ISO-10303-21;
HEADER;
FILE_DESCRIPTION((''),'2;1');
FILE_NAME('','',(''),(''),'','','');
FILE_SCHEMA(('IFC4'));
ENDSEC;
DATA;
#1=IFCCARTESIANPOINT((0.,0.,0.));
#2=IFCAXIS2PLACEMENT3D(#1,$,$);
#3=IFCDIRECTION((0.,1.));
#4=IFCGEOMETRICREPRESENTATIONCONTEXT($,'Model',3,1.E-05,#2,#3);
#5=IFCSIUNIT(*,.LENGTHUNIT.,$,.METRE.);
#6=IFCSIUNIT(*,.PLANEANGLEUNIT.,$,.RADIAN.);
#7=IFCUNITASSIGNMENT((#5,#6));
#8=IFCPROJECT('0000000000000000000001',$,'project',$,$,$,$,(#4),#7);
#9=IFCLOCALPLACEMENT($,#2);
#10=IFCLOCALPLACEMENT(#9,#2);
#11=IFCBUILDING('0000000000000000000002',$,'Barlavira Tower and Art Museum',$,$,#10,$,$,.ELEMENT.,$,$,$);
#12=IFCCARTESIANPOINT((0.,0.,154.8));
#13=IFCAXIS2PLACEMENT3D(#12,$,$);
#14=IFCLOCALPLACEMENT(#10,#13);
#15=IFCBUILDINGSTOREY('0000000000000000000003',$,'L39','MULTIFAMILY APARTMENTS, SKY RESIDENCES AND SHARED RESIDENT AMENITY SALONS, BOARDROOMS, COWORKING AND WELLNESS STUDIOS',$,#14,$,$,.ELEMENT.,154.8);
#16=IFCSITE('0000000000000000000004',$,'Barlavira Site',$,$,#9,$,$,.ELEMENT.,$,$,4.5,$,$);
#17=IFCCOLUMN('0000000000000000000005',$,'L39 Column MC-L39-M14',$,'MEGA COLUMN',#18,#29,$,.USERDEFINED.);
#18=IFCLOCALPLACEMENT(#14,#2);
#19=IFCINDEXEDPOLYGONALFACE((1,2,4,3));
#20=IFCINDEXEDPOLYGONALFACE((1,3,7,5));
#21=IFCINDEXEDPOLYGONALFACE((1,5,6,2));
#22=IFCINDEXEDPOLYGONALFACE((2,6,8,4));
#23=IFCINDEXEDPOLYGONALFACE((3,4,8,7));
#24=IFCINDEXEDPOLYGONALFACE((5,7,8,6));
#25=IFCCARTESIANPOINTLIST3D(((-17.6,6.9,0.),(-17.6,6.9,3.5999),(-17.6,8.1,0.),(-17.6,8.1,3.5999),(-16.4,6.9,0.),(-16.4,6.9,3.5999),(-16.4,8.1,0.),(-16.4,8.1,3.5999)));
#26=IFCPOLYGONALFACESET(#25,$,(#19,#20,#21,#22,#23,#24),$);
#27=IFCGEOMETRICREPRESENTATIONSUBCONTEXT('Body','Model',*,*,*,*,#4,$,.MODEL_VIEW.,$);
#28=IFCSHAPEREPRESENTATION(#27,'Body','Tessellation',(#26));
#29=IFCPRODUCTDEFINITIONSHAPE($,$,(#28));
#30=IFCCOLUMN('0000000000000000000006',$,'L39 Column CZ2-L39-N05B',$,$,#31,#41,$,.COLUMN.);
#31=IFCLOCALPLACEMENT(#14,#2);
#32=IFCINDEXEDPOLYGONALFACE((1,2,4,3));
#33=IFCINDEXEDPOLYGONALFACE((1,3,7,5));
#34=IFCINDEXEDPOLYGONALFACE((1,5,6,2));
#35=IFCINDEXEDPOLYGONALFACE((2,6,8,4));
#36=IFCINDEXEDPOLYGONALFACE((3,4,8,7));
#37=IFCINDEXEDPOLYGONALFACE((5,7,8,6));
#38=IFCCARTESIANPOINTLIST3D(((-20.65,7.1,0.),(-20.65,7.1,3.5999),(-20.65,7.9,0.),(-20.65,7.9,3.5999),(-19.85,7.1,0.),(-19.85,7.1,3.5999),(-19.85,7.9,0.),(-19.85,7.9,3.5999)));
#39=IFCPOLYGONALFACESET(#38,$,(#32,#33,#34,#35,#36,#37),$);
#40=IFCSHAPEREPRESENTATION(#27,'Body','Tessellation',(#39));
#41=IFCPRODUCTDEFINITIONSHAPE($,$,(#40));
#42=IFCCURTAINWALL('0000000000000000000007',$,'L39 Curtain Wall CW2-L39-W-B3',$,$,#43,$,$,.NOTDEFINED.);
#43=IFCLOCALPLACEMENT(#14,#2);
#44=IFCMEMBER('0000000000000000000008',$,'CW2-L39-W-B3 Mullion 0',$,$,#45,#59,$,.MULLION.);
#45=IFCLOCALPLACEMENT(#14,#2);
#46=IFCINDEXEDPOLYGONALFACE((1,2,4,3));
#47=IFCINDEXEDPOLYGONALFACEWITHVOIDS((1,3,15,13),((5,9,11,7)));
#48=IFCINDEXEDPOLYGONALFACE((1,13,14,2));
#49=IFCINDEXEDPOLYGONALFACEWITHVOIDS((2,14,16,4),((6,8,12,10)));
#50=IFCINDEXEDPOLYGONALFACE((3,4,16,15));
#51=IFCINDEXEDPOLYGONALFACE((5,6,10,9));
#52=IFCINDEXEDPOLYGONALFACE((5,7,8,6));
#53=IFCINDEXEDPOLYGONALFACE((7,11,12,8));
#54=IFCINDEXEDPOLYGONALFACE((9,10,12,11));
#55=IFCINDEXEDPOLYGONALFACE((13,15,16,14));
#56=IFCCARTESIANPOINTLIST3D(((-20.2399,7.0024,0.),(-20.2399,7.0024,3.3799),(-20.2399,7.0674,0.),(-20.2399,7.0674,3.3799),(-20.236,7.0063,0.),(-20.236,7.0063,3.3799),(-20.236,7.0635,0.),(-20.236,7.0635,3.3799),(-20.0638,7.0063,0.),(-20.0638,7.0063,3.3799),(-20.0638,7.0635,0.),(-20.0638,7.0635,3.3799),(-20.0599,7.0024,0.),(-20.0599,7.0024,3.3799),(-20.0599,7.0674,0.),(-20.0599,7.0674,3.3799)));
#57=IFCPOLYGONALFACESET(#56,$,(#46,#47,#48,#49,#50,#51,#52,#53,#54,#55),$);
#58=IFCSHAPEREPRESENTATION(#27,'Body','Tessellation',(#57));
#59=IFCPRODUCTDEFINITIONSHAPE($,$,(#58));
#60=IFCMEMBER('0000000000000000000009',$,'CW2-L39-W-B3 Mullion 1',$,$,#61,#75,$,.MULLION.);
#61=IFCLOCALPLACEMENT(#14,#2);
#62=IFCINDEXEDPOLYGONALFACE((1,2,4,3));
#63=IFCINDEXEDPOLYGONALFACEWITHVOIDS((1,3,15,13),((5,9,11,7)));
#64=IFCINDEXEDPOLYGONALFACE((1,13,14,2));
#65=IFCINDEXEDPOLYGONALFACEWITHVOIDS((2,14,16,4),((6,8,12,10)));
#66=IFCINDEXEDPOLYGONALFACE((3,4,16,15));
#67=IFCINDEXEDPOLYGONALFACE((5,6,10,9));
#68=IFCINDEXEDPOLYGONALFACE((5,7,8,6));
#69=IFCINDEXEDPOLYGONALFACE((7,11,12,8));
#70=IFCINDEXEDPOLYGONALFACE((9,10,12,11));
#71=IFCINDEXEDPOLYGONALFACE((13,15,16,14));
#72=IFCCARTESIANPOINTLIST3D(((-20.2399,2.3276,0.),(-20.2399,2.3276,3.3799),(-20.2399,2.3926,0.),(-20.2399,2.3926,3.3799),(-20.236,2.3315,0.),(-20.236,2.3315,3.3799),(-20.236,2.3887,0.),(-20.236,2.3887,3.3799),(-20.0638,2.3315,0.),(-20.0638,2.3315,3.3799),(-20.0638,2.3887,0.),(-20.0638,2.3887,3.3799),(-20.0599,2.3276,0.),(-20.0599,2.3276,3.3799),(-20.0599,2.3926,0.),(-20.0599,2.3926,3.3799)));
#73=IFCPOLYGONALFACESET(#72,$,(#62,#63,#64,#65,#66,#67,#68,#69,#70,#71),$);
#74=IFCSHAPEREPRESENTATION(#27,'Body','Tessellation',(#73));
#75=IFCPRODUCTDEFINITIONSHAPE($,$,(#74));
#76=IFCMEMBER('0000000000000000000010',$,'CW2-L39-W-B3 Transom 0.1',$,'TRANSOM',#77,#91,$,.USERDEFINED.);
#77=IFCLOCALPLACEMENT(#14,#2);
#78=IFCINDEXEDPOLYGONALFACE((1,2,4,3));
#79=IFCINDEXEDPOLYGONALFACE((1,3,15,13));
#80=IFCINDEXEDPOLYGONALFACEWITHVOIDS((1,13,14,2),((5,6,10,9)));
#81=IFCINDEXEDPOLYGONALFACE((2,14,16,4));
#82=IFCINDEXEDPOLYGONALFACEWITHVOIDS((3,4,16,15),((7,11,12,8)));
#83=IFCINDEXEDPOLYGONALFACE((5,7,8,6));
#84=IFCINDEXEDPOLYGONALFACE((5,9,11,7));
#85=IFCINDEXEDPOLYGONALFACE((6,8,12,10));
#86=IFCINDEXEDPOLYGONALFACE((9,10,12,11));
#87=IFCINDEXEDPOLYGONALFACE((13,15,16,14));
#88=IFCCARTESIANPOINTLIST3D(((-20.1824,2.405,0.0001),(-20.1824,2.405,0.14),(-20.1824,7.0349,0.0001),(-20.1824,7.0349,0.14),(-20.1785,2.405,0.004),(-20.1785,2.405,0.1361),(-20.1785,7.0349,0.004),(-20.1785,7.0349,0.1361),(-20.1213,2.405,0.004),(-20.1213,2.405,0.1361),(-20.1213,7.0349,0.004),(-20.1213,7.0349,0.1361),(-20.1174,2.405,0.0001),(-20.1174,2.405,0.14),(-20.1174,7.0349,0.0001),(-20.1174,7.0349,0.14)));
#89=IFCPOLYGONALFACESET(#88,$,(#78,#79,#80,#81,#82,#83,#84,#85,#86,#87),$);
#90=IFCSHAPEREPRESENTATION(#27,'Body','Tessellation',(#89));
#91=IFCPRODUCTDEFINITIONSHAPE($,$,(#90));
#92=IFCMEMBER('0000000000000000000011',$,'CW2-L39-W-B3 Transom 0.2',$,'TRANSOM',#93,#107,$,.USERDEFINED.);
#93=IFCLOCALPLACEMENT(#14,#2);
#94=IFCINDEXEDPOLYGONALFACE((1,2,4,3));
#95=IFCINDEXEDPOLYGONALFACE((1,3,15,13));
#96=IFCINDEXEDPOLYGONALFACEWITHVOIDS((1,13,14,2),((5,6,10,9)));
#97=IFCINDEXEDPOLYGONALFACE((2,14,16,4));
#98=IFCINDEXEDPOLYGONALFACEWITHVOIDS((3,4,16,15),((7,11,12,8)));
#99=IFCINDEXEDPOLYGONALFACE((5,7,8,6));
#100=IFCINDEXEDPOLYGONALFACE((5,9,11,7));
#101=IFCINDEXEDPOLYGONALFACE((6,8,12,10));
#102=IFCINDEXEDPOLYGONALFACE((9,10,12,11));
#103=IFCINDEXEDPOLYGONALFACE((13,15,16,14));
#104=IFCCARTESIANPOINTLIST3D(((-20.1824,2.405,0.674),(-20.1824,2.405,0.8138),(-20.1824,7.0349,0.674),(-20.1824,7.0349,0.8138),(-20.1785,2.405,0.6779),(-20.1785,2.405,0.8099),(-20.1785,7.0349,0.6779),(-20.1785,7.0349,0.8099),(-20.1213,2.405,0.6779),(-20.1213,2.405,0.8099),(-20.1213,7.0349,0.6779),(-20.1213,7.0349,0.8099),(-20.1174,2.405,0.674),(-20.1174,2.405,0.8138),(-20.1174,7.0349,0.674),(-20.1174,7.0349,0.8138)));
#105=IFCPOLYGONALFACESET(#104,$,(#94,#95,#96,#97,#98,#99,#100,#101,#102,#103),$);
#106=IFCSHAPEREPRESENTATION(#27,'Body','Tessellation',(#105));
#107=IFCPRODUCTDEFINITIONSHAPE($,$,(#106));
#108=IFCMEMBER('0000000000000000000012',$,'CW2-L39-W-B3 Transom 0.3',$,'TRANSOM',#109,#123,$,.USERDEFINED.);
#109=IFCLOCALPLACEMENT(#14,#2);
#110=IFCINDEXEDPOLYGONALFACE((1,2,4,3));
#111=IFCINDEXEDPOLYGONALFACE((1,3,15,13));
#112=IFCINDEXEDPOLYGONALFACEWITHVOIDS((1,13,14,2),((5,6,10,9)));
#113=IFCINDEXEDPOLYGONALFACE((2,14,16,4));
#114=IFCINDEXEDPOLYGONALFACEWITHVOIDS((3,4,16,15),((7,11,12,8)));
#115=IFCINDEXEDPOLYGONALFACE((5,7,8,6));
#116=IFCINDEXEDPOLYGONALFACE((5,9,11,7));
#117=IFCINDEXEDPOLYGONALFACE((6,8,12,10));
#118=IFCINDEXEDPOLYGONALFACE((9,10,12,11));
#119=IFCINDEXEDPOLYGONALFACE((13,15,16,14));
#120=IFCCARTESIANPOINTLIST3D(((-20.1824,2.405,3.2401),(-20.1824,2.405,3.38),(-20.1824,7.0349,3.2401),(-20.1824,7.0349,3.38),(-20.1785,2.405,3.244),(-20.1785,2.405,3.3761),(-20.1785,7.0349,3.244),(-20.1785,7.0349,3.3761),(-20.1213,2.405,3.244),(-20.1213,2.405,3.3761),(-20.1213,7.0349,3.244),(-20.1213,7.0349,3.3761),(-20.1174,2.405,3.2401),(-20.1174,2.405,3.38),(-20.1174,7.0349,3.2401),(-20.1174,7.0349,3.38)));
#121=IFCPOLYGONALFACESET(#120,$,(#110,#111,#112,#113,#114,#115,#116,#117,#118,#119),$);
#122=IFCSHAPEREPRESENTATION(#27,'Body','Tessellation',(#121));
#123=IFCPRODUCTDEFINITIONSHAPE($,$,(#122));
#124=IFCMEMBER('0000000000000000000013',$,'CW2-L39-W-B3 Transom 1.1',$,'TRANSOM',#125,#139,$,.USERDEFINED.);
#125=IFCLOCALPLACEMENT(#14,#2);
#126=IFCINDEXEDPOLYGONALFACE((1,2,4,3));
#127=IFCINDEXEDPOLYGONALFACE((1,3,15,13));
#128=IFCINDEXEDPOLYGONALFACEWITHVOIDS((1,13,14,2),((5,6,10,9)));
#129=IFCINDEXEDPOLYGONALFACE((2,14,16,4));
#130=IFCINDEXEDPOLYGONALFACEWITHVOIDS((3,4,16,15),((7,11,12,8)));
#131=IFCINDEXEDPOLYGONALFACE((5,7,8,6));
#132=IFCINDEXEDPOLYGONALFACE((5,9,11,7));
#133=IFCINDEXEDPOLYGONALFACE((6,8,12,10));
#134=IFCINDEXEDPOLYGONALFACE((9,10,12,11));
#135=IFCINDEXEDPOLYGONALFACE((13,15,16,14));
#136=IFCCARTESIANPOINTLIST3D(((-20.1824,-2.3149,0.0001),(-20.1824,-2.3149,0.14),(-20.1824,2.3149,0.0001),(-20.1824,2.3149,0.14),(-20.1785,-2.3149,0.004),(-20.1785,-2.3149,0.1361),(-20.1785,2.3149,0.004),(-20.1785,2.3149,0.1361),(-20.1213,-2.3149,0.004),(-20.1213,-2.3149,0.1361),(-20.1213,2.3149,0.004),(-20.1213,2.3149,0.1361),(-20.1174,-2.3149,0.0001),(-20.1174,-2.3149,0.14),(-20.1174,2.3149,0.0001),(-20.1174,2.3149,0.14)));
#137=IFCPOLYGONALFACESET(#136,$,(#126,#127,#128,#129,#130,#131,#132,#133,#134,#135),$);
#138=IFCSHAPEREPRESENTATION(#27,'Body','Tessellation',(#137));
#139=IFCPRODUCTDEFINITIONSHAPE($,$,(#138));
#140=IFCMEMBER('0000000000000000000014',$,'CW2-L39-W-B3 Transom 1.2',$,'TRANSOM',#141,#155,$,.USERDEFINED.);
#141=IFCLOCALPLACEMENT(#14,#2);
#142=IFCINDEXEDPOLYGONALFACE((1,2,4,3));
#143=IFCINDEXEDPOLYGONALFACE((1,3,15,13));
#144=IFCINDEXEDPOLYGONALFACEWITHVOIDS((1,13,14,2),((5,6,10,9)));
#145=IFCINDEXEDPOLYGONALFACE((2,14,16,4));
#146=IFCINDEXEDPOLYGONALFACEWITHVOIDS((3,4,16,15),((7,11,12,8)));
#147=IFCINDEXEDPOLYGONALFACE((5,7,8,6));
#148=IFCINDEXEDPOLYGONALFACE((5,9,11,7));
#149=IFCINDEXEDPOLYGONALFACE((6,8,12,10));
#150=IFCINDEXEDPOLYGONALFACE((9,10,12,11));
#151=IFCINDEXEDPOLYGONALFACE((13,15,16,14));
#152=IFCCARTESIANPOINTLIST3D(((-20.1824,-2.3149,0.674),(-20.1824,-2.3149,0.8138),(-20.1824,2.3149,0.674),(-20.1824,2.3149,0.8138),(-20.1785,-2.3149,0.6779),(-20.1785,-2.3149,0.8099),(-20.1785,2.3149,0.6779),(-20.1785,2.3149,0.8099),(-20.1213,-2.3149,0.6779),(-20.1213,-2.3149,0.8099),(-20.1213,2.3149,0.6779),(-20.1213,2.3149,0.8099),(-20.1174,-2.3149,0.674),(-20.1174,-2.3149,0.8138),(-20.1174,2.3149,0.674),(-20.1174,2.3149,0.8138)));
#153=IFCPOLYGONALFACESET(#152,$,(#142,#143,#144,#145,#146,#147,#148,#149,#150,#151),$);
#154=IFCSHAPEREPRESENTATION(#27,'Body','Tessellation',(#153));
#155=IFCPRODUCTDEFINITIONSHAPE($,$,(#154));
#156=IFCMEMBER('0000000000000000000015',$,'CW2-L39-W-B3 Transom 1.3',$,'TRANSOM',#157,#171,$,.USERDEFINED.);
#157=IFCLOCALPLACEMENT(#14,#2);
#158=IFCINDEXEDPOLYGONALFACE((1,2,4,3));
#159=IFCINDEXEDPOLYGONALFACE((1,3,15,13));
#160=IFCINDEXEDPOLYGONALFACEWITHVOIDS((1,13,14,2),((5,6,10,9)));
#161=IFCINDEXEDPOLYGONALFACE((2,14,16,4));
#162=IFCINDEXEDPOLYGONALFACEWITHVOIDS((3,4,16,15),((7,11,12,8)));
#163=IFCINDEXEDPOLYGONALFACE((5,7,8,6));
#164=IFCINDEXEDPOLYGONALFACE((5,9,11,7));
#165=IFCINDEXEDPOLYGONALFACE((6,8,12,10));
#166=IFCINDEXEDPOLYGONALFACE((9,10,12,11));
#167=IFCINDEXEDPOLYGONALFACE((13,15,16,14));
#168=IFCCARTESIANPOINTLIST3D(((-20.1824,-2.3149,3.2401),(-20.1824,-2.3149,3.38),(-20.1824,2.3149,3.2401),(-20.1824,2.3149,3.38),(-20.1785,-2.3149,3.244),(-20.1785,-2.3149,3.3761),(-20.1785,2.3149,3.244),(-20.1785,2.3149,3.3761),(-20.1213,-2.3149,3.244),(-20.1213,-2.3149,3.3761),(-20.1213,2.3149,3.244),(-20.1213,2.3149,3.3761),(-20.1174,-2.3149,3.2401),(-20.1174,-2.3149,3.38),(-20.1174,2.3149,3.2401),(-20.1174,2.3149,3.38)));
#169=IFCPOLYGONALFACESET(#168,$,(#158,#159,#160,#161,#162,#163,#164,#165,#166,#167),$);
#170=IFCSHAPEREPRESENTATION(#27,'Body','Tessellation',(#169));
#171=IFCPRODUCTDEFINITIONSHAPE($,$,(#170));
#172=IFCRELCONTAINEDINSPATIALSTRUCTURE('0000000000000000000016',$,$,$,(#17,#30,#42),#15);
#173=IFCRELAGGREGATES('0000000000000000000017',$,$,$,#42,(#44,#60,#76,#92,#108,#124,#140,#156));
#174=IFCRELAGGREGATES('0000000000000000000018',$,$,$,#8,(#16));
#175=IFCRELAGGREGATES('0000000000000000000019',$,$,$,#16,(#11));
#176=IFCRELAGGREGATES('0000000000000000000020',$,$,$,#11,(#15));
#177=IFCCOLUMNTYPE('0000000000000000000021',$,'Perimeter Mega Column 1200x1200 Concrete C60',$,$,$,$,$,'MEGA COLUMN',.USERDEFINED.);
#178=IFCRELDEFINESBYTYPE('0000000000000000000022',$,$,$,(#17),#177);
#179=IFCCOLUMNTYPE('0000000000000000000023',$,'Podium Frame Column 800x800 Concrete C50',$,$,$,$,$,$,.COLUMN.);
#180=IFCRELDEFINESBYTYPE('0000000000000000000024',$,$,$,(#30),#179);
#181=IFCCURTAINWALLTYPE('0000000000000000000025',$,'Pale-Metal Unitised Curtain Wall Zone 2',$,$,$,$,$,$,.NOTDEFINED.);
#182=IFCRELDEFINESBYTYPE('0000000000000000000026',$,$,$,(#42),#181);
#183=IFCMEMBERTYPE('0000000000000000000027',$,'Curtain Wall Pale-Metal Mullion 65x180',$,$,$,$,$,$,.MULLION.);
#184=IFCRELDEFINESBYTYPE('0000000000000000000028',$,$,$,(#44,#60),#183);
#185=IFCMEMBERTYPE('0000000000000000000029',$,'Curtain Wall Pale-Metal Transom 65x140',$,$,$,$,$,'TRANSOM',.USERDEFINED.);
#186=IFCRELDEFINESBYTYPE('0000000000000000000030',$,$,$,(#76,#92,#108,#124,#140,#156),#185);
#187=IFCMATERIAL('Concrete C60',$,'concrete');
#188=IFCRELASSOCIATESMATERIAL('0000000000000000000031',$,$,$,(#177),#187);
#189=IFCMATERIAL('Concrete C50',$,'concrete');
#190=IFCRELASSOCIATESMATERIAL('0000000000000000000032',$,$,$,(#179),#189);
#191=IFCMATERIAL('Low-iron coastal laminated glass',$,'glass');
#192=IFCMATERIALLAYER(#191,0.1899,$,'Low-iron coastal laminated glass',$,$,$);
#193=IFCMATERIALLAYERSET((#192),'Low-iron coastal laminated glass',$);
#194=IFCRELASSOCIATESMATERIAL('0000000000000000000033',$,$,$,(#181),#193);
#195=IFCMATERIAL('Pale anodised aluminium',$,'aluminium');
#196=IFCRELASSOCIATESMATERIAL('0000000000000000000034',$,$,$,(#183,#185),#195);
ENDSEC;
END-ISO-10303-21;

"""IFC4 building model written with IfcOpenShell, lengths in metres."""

from ifc_helpers import new_model, si_unit, direction, frame, origin, origin_2d, place, context, subcontext, project, spatial, rectangle, hollow_rectangle, extrude, material, layer, layer_set, material_profile, profile_set, type_object, element, aggregate, save


model = new_model("IFC4")

# Units and contexts
model_context = context("Model", 3, precision=1e-05, world=origin(), true_north=direction((0.0, 1.0)))
body_context = subcontext(model_context, "Body", "Model", "MODEL_VIEW")
ifc_project = project(units=[si_unit("LENGTHUNIT", "METRE"), si_unit("PLANEANGLEUNIT", "RADIAN")], contexts=[model_context])

# Site, building, storey
site_placement = place(None, origin())
site = spatial("IfcSite", under=ifc_project, at=site_placement, Name="Barlavira Site", CompositionType="ELEMENT", RefElevation=4.5)
building_placement = place(site_placement, origin())
building = spatial("IfcBuilding", under=site, at=building_placement, Name="Barlavira Tower and Art Museum", CompositionType="ELEMENT")
storey_placement = place(building_placement, frame((0.0, 0.0, 154.8)))
storey = spatial("IfcBuildingStorey", under=building, at=storey_placement, Name="L39", Description="MULTIFAMILY APARTMENTS, SKY RESIDENCES AND SHARED RESIDENT AMENITY SALONS, BOARDROOMS, COWORKING AND WELLNESS STUDIOS", CompositionType="ELEMENT", Elevation=154.8)

# Columns
ifc_material_1 = material(Name="Concrete C60", Category="concrete")
ifc_material_profile_1 = material_profile(ifc_material_1, rectangle(XDim=1.2, YDim=1.2, at=origin_2d()), Name="RC-COL 1200x1200")
ifc_profile_set_1 = profile_set([ifc_material_profile_1], Name="Concrete C60")
column_type_1 = type_object("IfcColumnType", Name="Perimeter Mega Column 1200x1200 Concrete C60", ElementType="MEGA COLUMN", PredefinedType="USERDEFINED", material=ifc_profile_set_1)
column_1_placement = place(storey_placement, frame((-17.0, 7.5, 0.0), z_axis=(0.0, 0.0, 1.0), x_axis=(1.0, 0.0, 0.0)))
element("IfcColumn", 1, at=column_1_placement, inside=storey, type_object=column_type_1, Name="L39 Column MC-L39-M14", ObjectType="MEGA COLUMN", PredefinedType="USERDEFINED", context=body_context, shape_type="SweptSolid", body=[
    extrude(rectangle(XDim=1.2, YDim=1.2, at=origin_2d()), origin(), (0.0, 0.0, 1.0), 3.5999),
])
ifc_material_2 = material(Name="Concrete C50", Category="concrete")
ifc_material_profile_2 = material_profile(ifc_material_2, rectangle(XDim=0.8, YDim=0.8, at=origin_2d()), Name="RC-COL 800x800")
ifc_profile_set_2 = profile_set([ifc_material_profile_2], Name="Concrete C50")
column_type_2 = type_object("IfcColumnType", Name="Podium Frame Column 800x800 Concrete C50", PredefinedType="COLUMN", material=ifc_profile_set_2)
column_2_placement = place(storey_placement, frame((-20.25, 7.5, 0.0), z_axis=(0.0, 0.0, 1.0), x_axis=(1.0, 0.0, 0.0)))
element("IfcColumn", 2, at=column_2_placement, inside=storey, type_object=column_type_2, Name="L39 Column CZ2-L39-N05B", PredefinedType="COLUMN", context=body_context, shape_type="SweptSolid", body=[
    extrude(rectangle(XDim=0.8, YDim=0.8, at=origin_2d()), origin(), (0.0, 0.0, 1.0), 3.5999),
])

# Curtain wall, members
ifc_material_3 = material(Name="Low-iron coastal laminated glass", Category="glass")
ifc_layer_1 = layer(ifc_material_3, 0.1899, Name="Low-iron coastal laminated glass")
ifc_layer_set_1 = layer_set([ifc_layer_1], Name="Low-iron coastal laminated glass")
curtain_wall_type = type_object("IfcCurtainWallType", Name="Pale-Metal Unitised Curtain Wall Zone 2", PredefinedType="NOTDEFINED", material=ifc_layer_set_1)
curtain_wall_placement = place(storey_placement, origin())
curtain_wall = element("IfcCurtainWall", 3, at=curtain_wall_placement, inside=storey, type_object=curtain_wall_type, Name="L39 Curtain Wall CW2-L39-W-B3", PredefinedType="NOTDEFINED")
ifc_material_4 = material(Name="Pale anodised aluminium", Category="aluminium")
ifc_material_profile_3 = material_profile(ifc_material_4, hollow_rectangle(XDim=0.0649, YDim=0.1799, WallThickness=0.0039, at=origin_2d()), Name="ALU-MULL 65x180x4")
ifc_profile_set_3 = profile_set([ifc_material_profile_3], Name="Pale anodised aluminium")
member_type_1 = type_object("IfcMemberType", Name="Curtain Wall Pale-Metal Mullion 65x180", PredefinedType="MULLION", material=ifc_profile_set_3)
member_1_placement = place(storey_placement, frame((-20.1499, 7.0349, 0.0), z_axis=(0.0, 0.0, 1.0), x_axis=(0.0, -1.0, 0.0)))
member_1 = element("IfcMember", 4, at=member_1_placement, type_object=member_type_1, Name="CW2-L39-W-B3 Mullion 0", PredefinedType="MULLION", context=body_context, shape_type="SweptSolid", body=[
    extrude(hollow_rectangle(XDim=0.0649, YDim=0.1799, WallThickness=0.0039, at=origin_2d()), origin(), (0.0, 0.0, 1.0), 3.3799),
])
member_2_placement = place(storey_placement, frame((-20.1499, 2.3601, 0.0), z_axis=(0.0, 0.0, 1.0), x_axis=(0.0, -1.0, 0.0)))
member_2 = element("IfcMember", 5, at=member_2_placement, type_object=member_type_1, Name="CW2-L39-W-B3 Mullion 1", PredefinedType="MULLION", context=body_context, shape_type="SweptSolid", body=[
    extrude(hollow_rectangle(XDim=0.0649, YDim=0.1799, WallThickness=0.0039, at=origin_2d()), origin(), (0.0, 0.0, 1.0), 3.3799),
])
ifc_material_profile_4 = material_profile(ifc_material_4, hollow_rectangle(XDim=0.0649, YDim=0.1399, WallThickness=0.0039, at=origin_2d()), Name="ALU-TRAN 65x140x4")
ifc_profile_set_4 = profile_set([ifc_material_profile_4], Name="Pale anodised aluminium")
member_type_2 = type_object("IfcMemberType", Name="Curtain Wall Pale-Metal Transom 65x140", ElementType="TRANSOM", PredefinedType="USERDEFINED", material=ifc_profile_set_4)
member_3_placement = place(storey_placement, frame((-20.1499, 7.0349, 0.0701), z_axis=(0.0, -1.0, 0.0), x_axis=(1.0, 0.0, 0.0)))
member_3 = element("IfcMember", 6, at=member_3_placement, type_object=member_type_2, Name="CW2-L39-W-B3 Transom 0.1", ObjectType="TRANSOM", PredefinedType="USERDEFINED", context=body_context, shape_type="SweptSolid", body=[
    extrude(hollow_rectangle(XDim=0.0649, YDim=0.1399, WallThickness=0.0039, at=origin_2d()), origin(), (0.0, 0.0, 1.0), 4.6299),
])
member_4_placement = place(storey_placement, frame((-20.1499, 7.0349, 0.7439), z_axis=(0.0, -1.0, 0.0), x_axis=(1.0, 0.0, 0.0)))
member_4 = element("IfcMember", 7, at=member_4_placement, type_object=member_type_2, Name="CW2-L39-W-B3 Transom 0.2", ObjectType="TRANSOM", PredefinedType="USERDEFINED", context=body_context, shape_type="SweptSolid", body=[
    extrude(hollow_rectangle(XDim=0.0649, YDim=0.1399, WallThickness=0.0039, at=origin_2d()), origin(), (0.0, 0.0, 1.0), 4.6299),
])
member_5_placement = place(storey_placement, frame((-20.1499, 7.0349, 3.3101), z_axis=(0.0, -1.0, 0.0), x_axis=(1.0, 0.0, 0.0)))
member_5 = element("IfcMember", 8, at=member_5_placement, type_object=member_type_2, Name="CW2-L39-W-B3 Transom 0.3", ObjectType="TRANSOM", PredefinedType="USERDEFINED", context=body_context, shape_type="SweptSolid", body=[
    extrude(hollow_rectangle(XDim=0.0649, YDim=0.1399, WallThickness=0.0039, at=origin_2d()), origin(), (0.0, 0.0, 1.0), 4.6299),
])
member_6_placement = place(storey_placement, frame((-20.1499, 2.3149, 0.0701), z_axis=(0.0, -1.0, 0.0), x_axis=(1.0, 0.0, 0.0)))
member_6 = element("IfcMember", 9, at=member_6_placement, type_object=member_type_2, Name="CW2-L39-W-B3 Transom 1.1", ObjectType="TRANSOM", PredefinedType="USERDEFINED", context=body_context, shape_type="SweptSolid", body=[
    extrude(hollow_rectangle(XDim=0.0649, YDim=0.1399, WallThickness=0.0039, at=origin_2d()), origin(), (0.0, 0.0, 1.0), 4.6299),
])
member_7_placement = place(storey_placement, frame((-20.1499, 2.3149, 0.7439), z_axis=(0.0, -1.0, 0.0), x_axis=(1.0, 0.0, 0.0)))
member_7 = element("IfcMember", 10, at=member_7_placement, type_object=member_type_2, Name="CW2-L39-W-B3 Transom 1.2", ObjectType="TRANSOM", PredefinedType="USERDEFINED", context=body_context, shape_type="SweptSolid", body=[
    extrude(hollow_rectangle(XDim=0.0649, YDim=0.1399, WallThickness=0.0039, at=origin_2d()), origin(), (0.0, 0.0, 1.0), 4.6299),
])
member_8_placement = place(storey_placement, frame((-20.1499, 2.3149, 3.3101), z_axis=(0.0, -1.0, 0.0), x_axis=(1.0, 0.0, 0.0)))
member_8 = element("IfcMember", 11, at=member_8_placement, type_object=member_type_2, Name="CW2-L39-W-B3 Transom 1.3", ObjectType="TRANSOM", PredefinedType="USERDEFINED", context=body_context, shape_type="SweptSolid", body=[
    extrude(hollow_rectangle(XDim=0.0649, YDim=0.1399, WallThickness=0.0039, at=origin_2d()), origin(), (0.0, 0.0, 1.0), 4.6299),
])

aggregate(curtain_wall, [member_1, member_2, member_3, member_4, member_5, member_6, member_7, member_8])

save(model, "model.ifc")
